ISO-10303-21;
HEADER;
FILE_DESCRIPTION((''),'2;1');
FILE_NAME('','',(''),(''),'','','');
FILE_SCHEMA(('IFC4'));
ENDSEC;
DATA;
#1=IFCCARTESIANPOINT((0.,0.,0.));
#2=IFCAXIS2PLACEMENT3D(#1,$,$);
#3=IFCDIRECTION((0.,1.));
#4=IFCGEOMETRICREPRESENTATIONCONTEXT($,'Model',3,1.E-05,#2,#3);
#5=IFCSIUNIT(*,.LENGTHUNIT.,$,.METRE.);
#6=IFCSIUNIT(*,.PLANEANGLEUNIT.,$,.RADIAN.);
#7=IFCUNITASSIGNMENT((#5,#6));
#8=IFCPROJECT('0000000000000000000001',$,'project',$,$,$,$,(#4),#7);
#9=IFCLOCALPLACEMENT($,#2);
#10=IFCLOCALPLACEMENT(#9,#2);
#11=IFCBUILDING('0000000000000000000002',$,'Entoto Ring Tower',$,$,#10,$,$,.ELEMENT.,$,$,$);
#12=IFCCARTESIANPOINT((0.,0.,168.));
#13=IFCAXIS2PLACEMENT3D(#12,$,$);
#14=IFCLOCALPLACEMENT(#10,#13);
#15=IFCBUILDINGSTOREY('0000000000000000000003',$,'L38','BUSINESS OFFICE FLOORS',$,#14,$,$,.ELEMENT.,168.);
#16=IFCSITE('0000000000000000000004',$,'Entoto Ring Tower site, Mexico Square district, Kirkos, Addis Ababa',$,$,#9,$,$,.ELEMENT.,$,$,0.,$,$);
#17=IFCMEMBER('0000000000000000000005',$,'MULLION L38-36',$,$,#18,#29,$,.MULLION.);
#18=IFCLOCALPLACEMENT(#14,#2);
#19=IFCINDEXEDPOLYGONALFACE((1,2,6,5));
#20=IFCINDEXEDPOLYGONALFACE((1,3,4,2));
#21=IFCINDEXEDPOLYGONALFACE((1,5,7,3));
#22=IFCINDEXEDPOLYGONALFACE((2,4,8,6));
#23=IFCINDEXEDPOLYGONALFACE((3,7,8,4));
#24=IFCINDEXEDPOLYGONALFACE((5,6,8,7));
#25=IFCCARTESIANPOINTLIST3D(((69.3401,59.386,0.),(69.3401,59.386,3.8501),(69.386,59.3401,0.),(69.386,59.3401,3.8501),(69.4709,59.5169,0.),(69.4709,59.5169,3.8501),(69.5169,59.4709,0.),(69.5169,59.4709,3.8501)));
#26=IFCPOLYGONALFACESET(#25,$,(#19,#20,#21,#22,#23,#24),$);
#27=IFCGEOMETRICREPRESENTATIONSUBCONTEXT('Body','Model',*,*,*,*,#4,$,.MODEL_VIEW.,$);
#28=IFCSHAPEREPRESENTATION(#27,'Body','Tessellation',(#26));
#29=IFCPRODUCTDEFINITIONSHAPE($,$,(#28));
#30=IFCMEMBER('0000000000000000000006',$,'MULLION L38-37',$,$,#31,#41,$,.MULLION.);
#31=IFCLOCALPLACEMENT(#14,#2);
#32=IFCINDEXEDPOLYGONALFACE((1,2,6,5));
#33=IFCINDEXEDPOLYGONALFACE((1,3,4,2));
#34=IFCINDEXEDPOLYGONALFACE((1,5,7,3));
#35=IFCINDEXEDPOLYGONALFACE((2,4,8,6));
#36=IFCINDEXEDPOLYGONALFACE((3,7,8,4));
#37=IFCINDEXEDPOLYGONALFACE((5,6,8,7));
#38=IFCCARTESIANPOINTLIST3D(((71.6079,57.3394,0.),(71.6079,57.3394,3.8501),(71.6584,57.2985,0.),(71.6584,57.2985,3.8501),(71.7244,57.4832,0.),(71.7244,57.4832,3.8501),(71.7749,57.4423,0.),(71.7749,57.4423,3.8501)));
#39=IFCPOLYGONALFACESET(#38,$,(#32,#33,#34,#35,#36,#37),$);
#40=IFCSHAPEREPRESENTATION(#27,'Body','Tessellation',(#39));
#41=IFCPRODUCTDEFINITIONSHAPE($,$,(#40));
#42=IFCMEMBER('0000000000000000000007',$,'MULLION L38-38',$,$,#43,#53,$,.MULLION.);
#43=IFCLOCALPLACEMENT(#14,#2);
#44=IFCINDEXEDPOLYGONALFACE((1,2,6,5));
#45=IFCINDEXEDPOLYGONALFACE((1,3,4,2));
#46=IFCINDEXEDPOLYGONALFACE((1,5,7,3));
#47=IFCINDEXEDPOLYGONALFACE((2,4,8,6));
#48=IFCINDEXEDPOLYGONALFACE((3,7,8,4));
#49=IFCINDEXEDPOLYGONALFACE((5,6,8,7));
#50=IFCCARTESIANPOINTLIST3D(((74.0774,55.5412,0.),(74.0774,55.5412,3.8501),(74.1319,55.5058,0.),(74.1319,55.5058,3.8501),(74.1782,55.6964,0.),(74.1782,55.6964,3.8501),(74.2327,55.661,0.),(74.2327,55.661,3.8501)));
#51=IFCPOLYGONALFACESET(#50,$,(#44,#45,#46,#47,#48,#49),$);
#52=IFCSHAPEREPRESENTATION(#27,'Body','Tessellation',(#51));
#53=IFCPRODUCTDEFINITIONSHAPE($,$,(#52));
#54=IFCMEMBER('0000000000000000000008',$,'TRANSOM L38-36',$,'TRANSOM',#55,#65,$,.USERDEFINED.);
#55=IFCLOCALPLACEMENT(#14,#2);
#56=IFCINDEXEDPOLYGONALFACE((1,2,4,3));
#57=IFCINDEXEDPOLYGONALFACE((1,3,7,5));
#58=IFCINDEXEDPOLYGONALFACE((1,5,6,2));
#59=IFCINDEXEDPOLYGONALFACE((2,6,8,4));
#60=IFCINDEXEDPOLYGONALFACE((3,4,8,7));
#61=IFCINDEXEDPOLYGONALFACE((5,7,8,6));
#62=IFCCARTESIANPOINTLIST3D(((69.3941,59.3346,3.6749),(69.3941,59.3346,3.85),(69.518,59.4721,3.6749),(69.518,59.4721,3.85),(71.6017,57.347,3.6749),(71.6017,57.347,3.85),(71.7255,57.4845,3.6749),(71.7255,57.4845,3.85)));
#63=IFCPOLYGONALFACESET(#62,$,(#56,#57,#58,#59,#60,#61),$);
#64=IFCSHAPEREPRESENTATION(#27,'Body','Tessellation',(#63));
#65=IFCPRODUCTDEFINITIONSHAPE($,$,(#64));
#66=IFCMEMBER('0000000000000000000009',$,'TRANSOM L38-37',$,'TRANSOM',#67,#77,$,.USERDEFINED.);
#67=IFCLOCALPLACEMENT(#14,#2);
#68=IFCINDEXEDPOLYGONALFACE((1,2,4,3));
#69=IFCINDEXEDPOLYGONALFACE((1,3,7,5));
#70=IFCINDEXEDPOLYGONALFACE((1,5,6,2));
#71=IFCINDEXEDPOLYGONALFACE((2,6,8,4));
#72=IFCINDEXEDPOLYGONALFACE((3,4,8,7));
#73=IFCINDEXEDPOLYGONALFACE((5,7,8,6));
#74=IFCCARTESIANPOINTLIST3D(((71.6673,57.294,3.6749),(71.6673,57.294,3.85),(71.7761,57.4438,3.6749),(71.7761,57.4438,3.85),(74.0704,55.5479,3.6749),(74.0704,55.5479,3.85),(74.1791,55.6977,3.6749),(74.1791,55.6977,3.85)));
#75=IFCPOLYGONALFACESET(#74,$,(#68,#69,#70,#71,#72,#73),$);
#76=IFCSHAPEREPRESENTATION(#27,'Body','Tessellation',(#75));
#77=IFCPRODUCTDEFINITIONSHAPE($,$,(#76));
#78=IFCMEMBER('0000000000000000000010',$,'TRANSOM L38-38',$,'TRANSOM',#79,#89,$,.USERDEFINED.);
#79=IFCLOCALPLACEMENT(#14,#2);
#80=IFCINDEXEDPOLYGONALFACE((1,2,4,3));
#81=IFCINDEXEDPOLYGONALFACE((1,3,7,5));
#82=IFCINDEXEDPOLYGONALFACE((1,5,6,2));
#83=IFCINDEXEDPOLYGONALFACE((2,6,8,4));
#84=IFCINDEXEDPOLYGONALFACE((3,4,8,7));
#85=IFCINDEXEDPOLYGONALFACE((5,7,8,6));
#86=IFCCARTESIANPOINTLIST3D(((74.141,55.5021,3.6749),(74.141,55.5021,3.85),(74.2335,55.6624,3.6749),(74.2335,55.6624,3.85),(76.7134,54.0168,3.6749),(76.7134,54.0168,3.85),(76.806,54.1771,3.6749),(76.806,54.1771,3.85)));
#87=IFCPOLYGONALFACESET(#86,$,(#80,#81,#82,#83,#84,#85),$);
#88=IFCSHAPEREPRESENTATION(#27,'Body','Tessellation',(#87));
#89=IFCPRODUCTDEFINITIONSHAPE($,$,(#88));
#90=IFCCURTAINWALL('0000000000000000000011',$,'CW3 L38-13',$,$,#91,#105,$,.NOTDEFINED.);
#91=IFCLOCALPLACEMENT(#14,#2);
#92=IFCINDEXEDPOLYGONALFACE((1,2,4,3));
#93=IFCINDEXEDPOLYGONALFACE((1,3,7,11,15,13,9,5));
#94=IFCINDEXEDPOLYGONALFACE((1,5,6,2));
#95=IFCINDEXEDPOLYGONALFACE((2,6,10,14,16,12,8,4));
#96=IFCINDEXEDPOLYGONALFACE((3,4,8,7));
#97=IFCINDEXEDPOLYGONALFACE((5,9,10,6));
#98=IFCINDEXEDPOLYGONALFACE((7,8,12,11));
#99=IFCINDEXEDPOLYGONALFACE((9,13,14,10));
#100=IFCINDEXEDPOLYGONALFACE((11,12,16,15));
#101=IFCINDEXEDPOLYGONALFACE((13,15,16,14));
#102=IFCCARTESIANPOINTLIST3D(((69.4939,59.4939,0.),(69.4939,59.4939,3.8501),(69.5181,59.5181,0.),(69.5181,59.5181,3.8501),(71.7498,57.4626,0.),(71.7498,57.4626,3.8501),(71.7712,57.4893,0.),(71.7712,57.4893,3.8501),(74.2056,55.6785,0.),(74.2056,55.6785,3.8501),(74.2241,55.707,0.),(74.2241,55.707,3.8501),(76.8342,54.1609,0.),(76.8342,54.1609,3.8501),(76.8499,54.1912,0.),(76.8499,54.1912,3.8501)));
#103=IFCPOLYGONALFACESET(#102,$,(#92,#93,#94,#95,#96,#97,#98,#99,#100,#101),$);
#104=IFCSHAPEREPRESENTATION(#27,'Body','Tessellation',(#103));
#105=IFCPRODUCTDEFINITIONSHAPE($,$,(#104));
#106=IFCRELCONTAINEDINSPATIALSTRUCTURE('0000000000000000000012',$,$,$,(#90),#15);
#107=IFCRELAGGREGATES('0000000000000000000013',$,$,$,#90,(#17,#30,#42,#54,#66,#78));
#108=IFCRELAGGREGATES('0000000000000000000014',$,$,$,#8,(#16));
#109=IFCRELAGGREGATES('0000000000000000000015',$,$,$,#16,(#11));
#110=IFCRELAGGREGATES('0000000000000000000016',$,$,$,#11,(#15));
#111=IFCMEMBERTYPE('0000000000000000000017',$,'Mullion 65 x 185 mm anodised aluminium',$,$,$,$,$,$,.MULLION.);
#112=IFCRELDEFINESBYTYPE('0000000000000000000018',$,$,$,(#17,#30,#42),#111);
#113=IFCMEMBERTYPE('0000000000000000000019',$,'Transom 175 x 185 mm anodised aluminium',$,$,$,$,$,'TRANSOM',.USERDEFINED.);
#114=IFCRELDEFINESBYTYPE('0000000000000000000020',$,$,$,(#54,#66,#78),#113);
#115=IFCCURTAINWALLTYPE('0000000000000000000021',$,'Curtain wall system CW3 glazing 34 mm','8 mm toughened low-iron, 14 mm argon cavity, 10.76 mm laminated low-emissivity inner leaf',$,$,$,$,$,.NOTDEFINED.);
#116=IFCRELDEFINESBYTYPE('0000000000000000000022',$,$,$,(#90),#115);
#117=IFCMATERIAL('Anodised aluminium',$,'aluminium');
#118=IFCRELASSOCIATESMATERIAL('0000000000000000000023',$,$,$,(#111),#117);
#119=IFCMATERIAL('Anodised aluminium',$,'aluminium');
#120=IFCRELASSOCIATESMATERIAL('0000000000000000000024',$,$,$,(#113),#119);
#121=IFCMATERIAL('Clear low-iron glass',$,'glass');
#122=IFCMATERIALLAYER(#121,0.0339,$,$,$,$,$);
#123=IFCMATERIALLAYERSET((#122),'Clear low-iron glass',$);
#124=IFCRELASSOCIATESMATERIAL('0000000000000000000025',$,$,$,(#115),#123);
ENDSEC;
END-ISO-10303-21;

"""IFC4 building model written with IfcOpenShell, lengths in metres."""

from ifc_helpers import new_model, si_unit, direction, frame, origin, origin_2d, place, context, subcontext, project, spatial, polyline, rectangle, outline, extrude, material, layer, layer_set, material_profile, profile_set, type_object, element, aggregate, save


model = new_model("IFC4")

# Units and contexts
model_context = context("Model", 3, precision=1e-05, world=origin(), true_north=direction((0.0, 1.0)))
body_context = subcontext(model_context, "Body", "Model", "MODEL_VIEW")
ifc_project = project(units=[si_unit("LENGTHUNIT", "METRE"), si_unit("PLANEANGLEUNIT", "RADIAN")], contexts=[model_context])

# Members
ifc_material_1 = material(Name="Anodised aluminium", Category="aluminium")
ifc_material_profile_1 = material_profile(ifc_material_1, rectangle(XDim=0.0649, YDim=0.1851, at=origin_2d()), Name="Mullion 65 x 185 mm anodised aluminium")
ifc_profile_set_1 = profile_set([ifc_material_profile_1], Name="Anodised aluminium")
member_type_1 = type_object("IfcMemberType", Name="Mullion 65 x 185 mm anodised aluminium", PredefinedType="MULLION", material=ifc_profile_set_1)
site_placement = place(None, origin())
building_placement = place(site_placement, origin())
storey_placement = place(building_placement, frame((0.0, 0.0, 168.0)))
member_1_placement = place(storey_placement, frame((69.4285, 59.4285, 0.0), z_axis=(0.0, 0.0, 1.0), x_axis=(0.707107, -0.707107, 0.0)))
member_1 = element("IfcMember", 1, at=member_1_placement, type_object=member_type_1, Name="MULLION L38-36", PredefinedType="MULLION", context=body_context, shape_type="SweptSolid", body=[
    extrude(rectangle(XDim=0.0649, YDim=0.1851, at=origin_2d()), origin(), (0.0, 0.0, 1.0), 3.8501),
])
member_2_placement = place(storey_placement, frame((71.6914, 57.3909, 0.0), z_axis=(0.0, 0.0, 1.0), x_axis=(0.777146, -0.62932, 0.0)))
member_2 = element("IfcMember", 2, at=member_2_placement, type_object=member_type_1, Name="MULLION L38-37", PredefinedType="MULLION", context=body_context, shape_type="SweptSolid", body=[
    extrude(rectangle(XDim=0.0649, YDim=0.1851, at=origin_2d()), origin(), (0.0, 0.0, 1.0), 3.8501),
])
member_3_placement = place(storey_placement, frame((74.155, 55.6011, 0.0), z_axis=(0.0, 0.0, 1.0), x_axis=(0.838671, -0.544639, 0.0)))
member_3 = element("IfcMember", 3, at=member_3_placement, type_object=member_type_1, Name="MULLION L38-38", PredefinedType="MULLION", context=body_context, shape_type="SweptSolid", body=[
    extrude(rectangle(XDim=0.0649, YDim=0.1851, at=origin_2d()), origin(), (0.0, 0.0, 1.0), 3.8501),
])
ifc_material_2 = material(Name="Anodised aluminium", Category="aluminium")
ifc_material_profile_2 = material_profile(ifc_material_2, rectangle(XDim=0.1851, YDim=0.175, at=origin_2d()), Name="Transom 175 x 185 mm anodised aluminium")
ifc_profile_set_2 = profile_set([ifc_material_profile_2], Name="Anodised aluminium")
member_type_2 = type_object("IfcMemberType", Name="Transom 175 x 185 mm anodised aluminium", ElementType="TRANSOM", PredefinedType="USERDEFINED", material=ifc_profile_set_2)
member_4_placement = place(storey_placement, frame((69.4561, 59.4033, 3.7625), z_axis=(0.743163, -0.66911, 0.0), x_axis=(0.66911, 0.743163, 0.0)))
member_4 = element("IfcMember", 4, at=member_4_placement, type_object=member_type_2, Name="TRANSOM L38-36", ObjectType="TRANSOM", PredefinedType="USERDEFINED", context=body_context, shape_type="SweptSolid", body=[
    extrude(rectangle(XDim=0.1851, YDim=0.175, at=origin_2d()), origin(), (0.0, 0.0, 1.0), 2.9705),
])
member_5_placement = place(storey_placement, frame((71.7217, 57.3689, 3.7625), z_axis=(0.808992, -0.58782, 0.0), x_axis=(0.58782, 0.808992, 0.0)))
member_5 = element("IfcMember", 5, at=member_5_placement, type_object=member_type_2, Name="TRANSOM L38-37", ObjectType="TRANSOM", PredefinedType="USERDEFINED", context=body_context, shape_type="SweptSolid", body=[
    extrude(rectangle(XDim=0.1851, YDim=0.175, at=origin_2d()), origin(), (0.0, 0.0, 1.0), 2.9705),
])
member_6_placement = place(storey_placement, frame((74.1873, 55.5823, 3.7625), z_axis=(0.866009, -0.500028, 0.0), x_axis=(0.500028, 0.866009, 0.0)))
member_6 = element("IfcMember", 6, at=member_6_placement, type_object=member_type_2, Name="TRANSOM L38-38", ObjectType="TRANSOM", PredefinedType="USERDEFINED", context=body_context, shape_type="SweptSolid", body=[
    extrude(rectangle(XDim=0.1851, YDim=0.175, at=origin_2d()), origin(), (0.0, 0.0, 1.0), 2.9705),
])

# Site, building, storey
site = spatial("IfcSite", under=ifc_project, at=site_placement, Name="Entoto Ring Tower site, Mexico Square district, Kirkos, Addis Ababa", CompositionType="ELEMENT", RefElevation=0.0)
building = spatial("IfcBuilding", under=site, at=building_placement, Name="Entoto Ring Tower", CompositionType="ELEMENT")
storey = spatial("IfcBuildingStorey", under=building, at=storey_placement, Name="L38", Description="BUSINESS OFFICE FLOORS", CompositionType="ELEMENT", Elevation=168.0)

# Curtain wall
ifc_material_3 = material(Name="Clear low-iron glass", Category="glass")
ifc_layer = layer(ifc_material_3, 0.0339)
ifc_layer_set = layer_set([ifc_layer], Name="Clear low-iron glass")
curtain_wall_type = type_object("IfcCurtainWallType", Name="Curtain wall system CW3 glazing 34 mm", Description="8 mm toughened low-iron, 14 mm argon cavity, 10.76 mm laminated low-emissivity inner leaf", PredefinedType="NOTDEFINED", material=ifc_layer_set)
curtain_wall_1_placement = place(storey_placement, origin())
curtain_wall_1 = element("IfcCurtainWall", 7, at=curtain_wall_1_placement, inside=storey, type_object=curtain_wall_type, Name="CW3 L38-13", PredefinedType="NOTDEFINED", context=body_context, shape_type="SweptSolid", body=[
    extrude(outline(polyline([(69.4939, 59.4939), (71.7498, 57.4626), (74.2056, 55.6785), (76.8342, 54.1609), (76.8499, 54.1912), (74.2241, 55.707), (71.7712, 57.4893), (69.5181, 59.5181), (69.4939, 59.4939)])), origin(), (0.0, 0.0, 1.0), 3.8501),
])
aggregate(curtain_wall_1, [member_1, member_2, member_3, member_4, member_5, member_6])

save(model, "model.ifc")
